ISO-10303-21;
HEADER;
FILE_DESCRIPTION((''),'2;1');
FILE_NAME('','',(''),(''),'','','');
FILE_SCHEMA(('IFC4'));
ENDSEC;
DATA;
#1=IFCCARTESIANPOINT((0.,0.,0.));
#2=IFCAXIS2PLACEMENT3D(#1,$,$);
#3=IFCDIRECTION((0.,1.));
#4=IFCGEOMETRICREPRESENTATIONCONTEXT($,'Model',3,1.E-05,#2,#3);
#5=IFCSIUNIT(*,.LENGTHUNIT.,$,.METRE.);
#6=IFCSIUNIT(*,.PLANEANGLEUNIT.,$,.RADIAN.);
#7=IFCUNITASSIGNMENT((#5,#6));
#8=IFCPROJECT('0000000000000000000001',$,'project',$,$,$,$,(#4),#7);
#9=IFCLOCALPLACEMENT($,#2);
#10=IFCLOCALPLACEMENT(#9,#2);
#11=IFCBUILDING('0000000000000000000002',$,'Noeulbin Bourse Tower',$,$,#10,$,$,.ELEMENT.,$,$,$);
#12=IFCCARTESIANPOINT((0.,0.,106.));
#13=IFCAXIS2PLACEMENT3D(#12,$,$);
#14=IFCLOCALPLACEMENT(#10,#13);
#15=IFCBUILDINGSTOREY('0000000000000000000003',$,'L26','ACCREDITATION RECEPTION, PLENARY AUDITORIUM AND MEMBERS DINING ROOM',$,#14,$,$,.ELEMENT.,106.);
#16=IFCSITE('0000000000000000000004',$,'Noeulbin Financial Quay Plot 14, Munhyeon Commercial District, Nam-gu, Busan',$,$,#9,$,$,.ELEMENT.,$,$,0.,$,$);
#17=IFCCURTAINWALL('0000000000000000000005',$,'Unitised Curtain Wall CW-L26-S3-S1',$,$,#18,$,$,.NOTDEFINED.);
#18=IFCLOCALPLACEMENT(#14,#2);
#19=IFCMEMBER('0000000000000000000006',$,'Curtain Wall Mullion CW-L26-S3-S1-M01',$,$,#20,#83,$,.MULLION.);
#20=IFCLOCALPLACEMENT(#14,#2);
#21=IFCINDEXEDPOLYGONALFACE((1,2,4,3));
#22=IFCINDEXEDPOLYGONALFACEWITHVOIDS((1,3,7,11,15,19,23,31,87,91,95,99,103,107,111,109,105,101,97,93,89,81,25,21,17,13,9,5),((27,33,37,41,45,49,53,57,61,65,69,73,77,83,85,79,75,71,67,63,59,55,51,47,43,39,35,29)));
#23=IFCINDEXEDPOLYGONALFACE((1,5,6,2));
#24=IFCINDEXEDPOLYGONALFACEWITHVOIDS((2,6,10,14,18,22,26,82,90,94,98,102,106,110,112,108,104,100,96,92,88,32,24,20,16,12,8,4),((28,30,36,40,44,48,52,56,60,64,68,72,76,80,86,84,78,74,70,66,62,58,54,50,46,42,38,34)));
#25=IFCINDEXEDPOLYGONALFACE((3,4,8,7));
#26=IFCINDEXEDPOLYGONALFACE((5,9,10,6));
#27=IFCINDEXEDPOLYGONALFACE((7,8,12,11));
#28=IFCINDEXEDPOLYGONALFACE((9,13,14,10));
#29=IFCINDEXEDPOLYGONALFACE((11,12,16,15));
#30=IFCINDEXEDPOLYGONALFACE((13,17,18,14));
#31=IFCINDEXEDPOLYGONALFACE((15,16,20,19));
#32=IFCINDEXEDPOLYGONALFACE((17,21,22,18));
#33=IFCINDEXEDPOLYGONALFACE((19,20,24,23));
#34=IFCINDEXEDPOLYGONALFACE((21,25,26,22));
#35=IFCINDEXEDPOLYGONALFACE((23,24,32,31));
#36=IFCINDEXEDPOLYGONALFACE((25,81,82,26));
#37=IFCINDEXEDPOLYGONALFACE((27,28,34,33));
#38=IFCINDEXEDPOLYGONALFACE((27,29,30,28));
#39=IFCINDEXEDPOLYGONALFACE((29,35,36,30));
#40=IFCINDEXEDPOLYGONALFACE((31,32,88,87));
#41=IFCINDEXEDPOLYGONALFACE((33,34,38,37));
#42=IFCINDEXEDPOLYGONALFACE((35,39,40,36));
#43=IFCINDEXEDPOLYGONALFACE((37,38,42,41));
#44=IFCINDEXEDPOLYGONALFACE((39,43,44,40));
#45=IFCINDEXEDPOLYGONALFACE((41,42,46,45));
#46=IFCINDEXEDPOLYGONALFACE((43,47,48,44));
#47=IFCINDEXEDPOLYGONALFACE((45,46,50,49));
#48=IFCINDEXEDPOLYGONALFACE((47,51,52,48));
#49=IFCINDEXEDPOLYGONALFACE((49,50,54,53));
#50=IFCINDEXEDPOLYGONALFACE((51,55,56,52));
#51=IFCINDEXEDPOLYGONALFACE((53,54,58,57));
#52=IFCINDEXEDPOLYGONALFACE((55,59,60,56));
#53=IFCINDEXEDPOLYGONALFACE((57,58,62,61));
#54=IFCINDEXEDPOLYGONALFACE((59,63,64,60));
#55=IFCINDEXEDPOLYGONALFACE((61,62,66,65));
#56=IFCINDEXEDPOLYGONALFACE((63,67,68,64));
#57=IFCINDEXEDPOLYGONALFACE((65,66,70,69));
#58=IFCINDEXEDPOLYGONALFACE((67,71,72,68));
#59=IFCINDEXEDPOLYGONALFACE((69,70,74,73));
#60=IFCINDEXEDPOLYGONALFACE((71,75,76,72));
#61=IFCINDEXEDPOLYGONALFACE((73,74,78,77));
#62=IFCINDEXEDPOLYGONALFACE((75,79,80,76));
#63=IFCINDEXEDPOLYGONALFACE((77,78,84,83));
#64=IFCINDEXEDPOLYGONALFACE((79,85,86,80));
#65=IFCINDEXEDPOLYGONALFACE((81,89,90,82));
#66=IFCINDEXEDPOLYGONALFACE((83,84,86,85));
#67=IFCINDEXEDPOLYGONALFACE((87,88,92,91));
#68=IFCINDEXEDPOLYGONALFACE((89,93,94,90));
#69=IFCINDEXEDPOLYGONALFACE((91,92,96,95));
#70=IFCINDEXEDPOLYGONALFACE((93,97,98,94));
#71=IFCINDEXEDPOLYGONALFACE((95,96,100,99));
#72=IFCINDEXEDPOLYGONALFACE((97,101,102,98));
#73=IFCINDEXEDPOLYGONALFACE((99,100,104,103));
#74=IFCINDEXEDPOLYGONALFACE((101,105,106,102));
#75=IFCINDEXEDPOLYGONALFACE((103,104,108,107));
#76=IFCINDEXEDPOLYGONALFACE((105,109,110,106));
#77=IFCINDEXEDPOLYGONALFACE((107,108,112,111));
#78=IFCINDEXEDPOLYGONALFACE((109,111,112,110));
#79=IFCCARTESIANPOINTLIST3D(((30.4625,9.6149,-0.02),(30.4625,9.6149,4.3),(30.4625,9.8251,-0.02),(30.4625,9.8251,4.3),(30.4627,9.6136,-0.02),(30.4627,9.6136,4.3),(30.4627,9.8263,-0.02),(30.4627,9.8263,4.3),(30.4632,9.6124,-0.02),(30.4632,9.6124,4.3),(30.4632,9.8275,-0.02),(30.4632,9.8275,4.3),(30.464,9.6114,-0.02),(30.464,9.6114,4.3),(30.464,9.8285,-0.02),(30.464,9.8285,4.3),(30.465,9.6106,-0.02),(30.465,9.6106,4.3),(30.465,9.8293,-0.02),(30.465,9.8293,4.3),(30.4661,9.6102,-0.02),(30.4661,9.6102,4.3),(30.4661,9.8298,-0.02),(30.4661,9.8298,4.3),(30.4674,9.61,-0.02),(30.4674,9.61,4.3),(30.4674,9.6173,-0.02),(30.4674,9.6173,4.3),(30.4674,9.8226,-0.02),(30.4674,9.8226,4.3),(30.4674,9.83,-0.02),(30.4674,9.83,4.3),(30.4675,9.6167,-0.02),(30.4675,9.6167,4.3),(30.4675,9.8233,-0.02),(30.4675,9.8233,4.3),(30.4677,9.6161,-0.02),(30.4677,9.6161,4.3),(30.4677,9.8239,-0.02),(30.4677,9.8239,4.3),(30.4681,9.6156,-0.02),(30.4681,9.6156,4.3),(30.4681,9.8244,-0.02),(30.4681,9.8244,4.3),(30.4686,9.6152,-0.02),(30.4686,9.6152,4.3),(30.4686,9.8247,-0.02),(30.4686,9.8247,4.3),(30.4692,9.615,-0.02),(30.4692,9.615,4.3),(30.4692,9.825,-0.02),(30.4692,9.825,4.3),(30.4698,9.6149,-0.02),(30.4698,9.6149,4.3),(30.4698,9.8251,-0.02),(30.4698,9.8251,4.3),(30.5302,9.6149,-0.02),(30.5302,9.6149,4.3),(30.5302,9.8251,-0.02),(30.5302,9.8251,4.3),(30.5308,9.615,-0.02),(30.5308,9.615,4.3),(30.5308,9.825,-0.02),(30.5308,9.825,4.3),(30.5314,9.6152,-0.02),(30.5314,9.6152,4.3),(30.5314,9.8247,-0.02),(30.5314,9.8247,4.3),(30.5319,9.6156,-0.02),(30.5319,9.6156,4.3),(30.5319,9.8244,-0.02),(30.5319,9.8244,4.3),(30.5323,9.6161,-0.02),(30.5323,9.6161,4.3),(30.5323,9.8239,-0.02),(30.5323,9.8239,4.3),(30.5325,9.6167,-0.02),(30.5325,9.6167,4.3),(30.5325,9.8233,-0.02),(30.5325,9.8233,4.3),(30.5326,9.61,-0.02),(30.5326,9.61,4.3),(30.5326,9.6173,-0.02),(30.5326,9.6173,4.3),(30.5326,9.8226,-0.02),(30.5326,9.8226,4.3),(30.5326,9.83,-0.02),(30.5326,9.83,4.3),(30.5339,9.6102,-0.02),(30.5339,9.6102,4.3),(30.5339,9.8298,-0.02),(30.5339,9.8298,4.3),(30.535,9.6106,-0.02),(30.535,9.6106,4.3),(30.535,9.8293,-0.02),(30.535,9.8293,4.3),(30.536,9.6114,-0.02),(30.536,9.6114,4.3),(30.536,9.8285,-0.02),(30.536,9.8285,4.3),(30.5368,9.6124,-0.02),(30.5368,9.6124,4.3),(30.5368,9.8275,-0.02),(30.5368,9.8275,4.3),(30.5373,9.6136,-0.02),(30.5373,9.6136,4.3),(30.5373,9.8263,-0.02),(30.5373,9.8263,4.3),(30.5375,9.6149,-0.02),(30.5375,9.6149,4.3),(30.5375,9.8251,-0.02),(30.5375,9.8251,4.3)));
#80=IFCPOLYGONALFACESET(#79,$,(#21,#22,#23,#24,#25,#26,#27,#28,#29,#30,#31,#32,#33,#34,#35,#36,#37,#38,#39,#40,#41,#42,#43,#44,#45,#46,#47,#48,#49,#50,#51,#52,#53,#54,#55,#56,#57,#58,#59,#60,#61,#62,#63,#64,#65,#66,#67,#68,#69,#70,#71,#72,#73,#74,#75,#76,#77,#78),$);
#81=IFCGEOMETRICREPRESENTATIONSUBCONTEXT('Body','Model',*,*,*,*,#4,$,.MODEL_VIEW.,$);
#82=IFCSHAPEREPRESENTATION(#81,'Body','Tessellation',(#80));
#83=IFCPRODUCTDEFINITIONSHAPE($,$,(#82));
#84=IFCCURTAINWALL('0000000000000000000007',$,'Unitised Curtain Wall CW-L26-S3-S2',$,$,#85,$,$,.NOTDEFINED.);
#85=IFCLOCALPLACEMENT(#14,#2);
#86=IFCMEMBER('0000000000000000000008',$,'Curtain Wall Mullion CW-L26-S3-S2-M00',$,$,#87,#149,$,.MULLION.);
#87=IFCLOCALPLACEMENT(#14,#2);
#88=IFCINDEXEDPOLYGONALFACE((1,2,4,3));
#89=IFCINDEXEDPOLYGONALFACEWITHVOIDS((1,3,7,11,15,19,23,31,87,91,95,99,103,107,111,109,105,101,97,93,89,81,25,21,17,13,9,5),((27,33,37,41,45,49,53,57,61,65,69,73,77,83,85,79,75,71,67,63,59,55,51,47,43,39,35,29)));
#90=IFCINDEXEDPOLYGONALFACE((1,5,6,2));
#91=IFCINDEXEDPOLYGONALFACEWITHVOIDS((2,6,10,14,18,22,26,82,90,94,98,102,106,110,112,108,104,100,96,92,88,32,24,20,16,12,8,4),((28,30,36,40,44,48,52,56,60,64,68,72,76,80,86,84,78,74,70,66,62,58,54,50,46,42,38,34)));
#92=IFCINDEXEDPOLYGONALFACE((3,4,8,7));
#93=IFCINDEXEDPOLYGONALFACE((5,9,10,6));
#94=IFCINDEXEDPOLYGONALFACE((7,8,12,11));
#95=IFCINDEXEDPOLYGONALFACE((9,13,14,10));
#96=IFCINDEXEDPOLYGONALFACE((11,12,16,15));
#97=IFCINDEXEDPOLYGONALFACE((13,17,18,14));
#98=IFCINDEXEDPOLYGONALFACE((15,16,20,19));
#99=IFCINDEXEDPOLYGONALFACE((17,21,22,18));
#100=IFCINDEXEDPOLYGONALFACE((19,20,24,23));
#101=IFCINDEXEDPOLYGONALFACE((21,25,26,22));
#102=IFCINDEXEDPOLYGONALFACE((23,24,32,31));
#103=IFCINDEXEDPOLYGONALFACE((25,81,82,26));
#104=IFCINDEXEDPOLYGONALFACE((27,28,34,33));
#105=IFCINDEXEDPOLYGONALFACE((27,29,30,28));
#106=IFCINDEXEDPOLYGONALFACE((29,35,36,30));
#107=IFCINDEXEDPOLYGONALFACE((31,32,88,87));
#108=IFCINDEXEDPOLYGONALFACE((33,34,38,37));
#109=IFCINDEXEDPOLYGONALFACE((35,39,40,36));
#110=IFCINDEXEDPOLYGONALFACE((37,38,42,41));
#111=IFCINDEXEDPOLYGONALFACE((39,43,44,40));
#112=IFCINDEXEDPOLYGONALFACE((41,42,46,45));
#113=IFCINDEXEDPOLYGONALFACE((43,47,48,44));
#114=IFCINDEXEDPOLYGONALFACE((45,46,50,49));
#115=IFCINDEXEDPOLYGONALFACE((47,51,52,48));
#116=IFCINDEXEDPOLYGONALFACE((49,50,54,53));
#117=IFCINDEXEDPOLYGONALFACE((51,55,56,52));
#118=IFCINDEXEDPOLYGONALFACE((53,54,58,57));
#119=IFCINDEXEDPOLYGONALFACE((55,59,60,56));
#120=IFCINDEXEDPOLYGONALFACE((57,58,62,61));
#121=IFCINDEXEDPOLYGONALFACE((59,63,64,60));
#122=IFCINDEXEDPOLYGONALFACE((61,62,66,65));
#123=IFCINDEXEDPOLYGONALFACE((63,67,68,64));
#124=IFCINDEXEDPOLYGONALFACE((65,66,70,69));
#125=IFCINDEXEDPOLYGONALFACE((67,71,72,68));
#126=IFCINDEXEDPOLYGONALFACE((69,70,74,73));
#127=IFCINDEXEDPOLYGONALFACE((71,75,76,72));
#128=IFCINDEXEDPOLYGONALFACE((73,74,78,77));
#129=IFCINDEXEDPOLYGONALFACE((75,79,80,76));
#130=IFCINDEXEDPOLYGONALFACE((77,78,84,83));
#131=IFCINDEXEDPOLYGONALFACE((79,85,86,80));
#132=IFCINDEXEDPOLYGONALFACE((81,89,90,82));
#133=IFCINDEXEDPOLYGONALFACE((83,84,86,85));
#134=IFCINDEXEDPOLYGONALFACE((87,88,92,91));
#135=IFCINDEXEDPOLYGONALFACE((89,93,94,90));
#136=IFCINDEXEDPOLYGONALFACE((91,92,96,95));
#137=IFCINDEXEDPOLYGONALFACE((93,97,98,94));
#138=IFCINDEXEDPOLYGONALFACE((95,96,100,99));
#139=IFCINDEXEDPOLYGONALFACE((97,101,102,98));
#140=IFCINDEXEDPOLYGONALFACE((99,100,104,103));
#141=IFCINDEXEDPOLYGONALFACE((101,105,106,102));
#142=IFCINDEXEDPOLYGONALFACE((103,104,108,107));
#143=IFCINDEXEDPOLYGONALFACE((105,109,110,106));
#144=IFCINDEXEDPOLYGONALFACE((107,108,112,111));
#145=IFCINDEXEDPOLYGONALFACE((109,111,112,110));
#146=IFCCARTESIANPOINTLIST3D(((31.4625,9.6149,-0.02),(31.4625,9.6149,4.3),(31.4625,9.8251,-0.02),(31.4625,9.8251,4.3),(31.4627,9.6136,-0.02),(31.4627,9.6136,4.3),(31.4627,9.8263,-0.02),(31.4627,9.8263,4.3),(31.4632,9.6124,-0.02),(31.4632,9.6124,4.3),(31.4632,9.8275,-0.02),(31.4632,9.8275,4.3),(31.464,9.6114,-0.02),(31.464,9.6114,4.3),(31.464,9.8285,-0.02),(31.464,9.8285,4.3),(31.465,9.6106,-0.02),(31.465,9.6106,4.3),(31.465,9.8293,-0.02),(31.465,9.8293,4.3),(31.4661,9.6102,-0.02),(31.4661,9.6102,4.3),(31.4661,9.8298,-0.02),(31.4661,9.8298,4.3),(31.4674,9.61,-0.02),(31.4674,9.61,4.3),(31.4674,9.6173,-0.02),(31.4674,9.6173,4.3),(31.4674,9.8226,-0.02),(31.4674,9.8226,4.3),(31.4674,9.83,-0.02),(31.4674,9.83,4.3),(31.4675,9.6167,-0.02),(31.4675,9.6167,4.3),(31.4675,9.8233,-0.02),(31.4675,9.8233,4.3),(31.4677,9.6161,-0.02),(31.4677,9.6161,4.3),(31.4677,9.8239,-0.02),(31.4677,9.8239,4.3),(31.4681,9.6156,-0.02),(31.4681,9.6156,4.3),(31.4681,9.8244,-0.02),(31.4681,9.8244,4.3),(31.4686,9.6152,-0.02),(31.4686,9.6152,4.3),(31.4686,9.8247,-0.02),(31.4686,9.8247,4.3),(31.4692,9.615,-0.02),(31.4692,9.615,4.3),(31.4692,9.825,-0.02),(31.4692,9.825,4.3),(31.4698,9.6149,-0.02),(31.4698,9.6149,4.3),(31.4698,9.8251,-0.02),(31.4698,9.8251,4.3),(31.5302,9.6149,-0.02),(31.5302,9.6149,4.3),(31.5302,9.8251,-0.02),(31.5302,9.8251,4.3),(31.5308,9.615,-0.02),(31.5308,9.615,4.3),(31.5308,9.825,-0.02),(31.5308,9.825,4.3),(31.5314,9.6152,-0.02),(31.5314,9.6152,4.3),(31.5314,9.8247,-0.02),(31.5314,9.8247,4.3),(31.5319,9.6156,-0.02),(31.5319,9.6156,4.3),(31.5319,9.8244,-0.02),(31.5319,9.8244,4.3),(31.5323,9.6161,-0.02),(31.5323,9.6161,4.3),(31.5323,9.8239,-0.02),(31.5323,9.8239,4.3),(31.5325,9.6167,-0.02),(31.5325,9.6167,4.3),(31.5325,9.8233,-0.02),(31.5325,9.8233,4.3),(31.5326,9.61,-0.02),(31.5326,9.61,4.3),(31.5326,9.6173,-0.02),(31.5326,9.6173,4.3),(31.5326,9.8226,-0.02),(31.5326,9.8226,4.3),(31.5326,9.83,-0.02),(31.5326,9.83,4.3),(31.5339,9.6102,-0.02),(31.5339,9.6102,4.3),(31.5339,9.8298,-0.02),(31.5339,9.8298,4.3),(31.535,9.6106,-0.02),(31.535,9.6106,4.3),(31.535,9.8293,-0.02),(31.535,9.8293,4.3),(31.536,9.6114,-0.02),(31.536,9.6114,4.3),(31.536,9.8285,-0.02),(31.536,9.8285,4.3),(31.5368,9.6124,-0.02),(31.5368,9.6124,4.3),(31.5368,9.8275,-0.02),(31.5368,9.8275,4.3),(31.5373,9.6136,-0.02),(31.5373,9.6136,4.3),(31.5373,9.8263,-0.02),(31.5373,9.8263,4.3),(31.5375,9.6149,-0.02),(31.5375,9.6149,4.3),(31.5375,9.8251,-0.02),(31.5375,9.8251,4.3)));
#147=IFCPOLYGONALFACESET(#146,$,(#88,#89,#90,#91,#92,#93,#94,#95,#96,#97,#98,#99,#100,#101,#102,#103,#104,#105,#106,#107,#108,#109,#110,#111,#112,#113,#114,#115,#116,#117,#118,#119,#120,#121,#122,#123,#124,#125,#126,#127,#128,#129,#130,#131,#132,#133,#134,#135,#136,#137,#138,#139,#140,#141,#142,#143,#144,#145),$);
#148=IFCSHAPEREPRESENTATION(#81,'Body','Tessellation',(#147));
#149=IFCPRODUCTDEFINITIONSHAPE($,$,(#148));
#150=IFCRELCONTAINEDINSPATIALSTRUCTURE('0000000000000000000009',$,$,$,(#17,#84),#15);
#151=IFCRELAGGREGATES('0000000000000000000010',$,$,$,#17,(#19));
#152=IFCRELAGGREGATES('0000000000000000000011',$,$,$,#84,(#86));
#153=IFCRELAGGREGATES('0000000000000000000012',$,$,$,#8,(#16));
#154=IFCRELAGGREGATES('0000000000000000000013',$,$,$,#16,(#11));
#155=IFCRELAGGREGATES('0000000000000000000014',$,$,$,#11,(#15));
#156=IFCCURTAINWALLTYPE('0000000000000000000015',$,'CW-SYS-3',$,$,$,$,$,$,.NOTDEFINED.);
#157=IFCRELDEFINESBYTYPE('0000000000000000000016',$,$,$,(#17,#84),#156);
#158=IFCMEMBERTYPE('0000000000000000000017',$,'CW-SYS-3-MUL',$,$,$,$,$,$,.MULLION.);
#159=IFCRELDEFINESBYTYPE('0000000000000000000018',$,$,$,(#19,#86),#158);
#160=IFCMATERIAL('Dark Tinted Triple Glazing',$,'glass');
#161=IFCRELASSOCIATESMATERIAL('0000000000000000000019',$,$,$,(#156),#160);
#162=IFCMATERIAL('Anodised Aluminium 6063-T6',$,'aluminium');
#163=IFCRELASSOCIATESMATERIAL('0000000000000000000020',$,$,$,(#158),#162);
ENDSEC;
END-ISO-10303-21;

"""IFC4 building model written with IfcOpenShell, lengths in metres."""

from ifc_helpers import new_model, si_unit, direction, frame, origin, origin_2d, place, context, subcontext, project, spatial, hollow_rectangle, extrude, material, material_profile, profile_set, type_object, element, aggregate, save


model = new_model("IFC4")

# Units and contexts
model_context = context("Model", 3, precision=1e-05, world=origin(), true_north=direction((0.0, 1.0)))
body_context = subcontext(model_context, "Body", "Model", "MODEL_VIEW")
ifc_project = project(units=[si_unit("LENGTHUNIT", "METRE"), si_unit("PLANEANGLEUNIT", "RADIAN")], contexts=[model_context])

# Site, building, storey
site_placement = place(None, origin())
site = spatial("IfcSite", under=ifc_project, at=site_placement, Name="Noeulbin Financial Quay Plot 14, Munhyeon Commercial District, Nam-gu, Busan", CompositionType="ELEMENT", RefElevation=0.0)
building_placement = place(site_placement, origin())
building = spatial("IfcBuilding", under=site, at=building_placement, Name="Noeulbin Bourse Tower", CompositionType="ELEMENT")
storey_placement = place(building_placement, frame((0.0, 0.0, 106.0)))
storey = spatial("IfcBuildingStorey", under=building, at=storey_placement, Name="L26", Description="ACCREDITATION RECEPTION, PLENARY AUDITORIUM AND MEMBERS DINING ROOM", CompositionType="ELEMENT", Elevation=106.0)

# Curtain walls, members
ifc_material_1 = material(Name="Dark Tinted Triple Glazing", Category="glass")
curtain_wall_type = type_object("IfcCurtainWallType", Name="CW-SYS-3", PredefinedType="NOTDEFINED", material=ifc_material_1)
curtain_wall_1_placement = place(storey_placement, origin())
curtain_wall_1 = element("IfcCurtainWall", 1, at=curtain_wall_1_placement, inside=storey, type_object=curtain_wall_type, Name="Unitised Curtain Wall CW-L26-S3-S1", PredefinedType="NOTDEFINED")
ifc_material_2 = material(Name="Anodised Aluminium 6063-T6", Category="aluminium")
ifc_material_profile_1 = material_profile(ifc_material_2, hollow_rectangle(XDim=0.075, YDim=0.22, WallThickness=0.0049, InnerFilletRadius=0.0024, OuterFilletRadius=0.0049, at=origin_2d()), Name="ALU-MULL-75x220x5", Category="LoadBearing")
ifc_profile_set_1 = profile_set([ifc_material_profile_1], Name="Anodised Aluminium 6063-T6")
member_type_1 = type_object("IfcMemberType", Name="CW-SYS-3-MUL", PredefinedType="MULLION", material=ifc_profile_set_1)
member_1_placement = place(storey_placement, frame((30.5, 9.72, -0.02), z_axis=(0.0, 0.0, 1.0), x_axis=(1.0, 0.0, 0.0)))
member_1 = element("IfcMember", 2, at=member_1_placement, type_object=member_type_1, Name="Curtain Wall Mullion CW-L26-S3-S1-M01", PredefinedType="MULLION", context=body_context, shape_type="SweptSolid", body=[
    extrude(hollow_rectangle(XDim=0.075, YDim=0.22, WallThickness=0.0049, InnerFilletRadius=0.0024, OuterFilletRadius=0.0049, at=origin_2d()), origin(), (0.0, 0.0, 1.0), 4.3201),
])
curtain_wall_2_placement = place(storey_placement, origin())
curtain_wall_2 = element("IfcCurtainWall", 3, at=curtain_wall_2_placement, inside=storey, type_object=curtain_wall_type, Name="Unitised Curtain Wall CW-L26-S3-S2", PredefinedType="NOTDEFINED")
member_2_placement = place(storey_placement, frame((31.5, 9.72, -0.02), z_axis=(0.0, 0.0, 1.0), x_axis=(1.0, 0.0, 0.0)))
member_2 = element("IfcMember", 4, at=member_2_placement, type_object=member_type_1, Name="Curtain Wall Mullion CW-L26-S3-S2-M00", PredefinedType="MULLION", context=body_context, shape_type="SweptSolid", body=[
    extrude(hollow_rectangle(XDim=0.075, YDim=0.22, WallThickness=0.0049, InnerFilletRadius=0.0024, OuterFilletRadius=0.0049, at=origin_2d()), origin(), (0.0, 0.0, 1.0), 4.3201),
])

aggregate(curtain_wall_1, [member_1])
aggregate(curtain_wall_2, [member_2])

save(model, "model.ifc")
